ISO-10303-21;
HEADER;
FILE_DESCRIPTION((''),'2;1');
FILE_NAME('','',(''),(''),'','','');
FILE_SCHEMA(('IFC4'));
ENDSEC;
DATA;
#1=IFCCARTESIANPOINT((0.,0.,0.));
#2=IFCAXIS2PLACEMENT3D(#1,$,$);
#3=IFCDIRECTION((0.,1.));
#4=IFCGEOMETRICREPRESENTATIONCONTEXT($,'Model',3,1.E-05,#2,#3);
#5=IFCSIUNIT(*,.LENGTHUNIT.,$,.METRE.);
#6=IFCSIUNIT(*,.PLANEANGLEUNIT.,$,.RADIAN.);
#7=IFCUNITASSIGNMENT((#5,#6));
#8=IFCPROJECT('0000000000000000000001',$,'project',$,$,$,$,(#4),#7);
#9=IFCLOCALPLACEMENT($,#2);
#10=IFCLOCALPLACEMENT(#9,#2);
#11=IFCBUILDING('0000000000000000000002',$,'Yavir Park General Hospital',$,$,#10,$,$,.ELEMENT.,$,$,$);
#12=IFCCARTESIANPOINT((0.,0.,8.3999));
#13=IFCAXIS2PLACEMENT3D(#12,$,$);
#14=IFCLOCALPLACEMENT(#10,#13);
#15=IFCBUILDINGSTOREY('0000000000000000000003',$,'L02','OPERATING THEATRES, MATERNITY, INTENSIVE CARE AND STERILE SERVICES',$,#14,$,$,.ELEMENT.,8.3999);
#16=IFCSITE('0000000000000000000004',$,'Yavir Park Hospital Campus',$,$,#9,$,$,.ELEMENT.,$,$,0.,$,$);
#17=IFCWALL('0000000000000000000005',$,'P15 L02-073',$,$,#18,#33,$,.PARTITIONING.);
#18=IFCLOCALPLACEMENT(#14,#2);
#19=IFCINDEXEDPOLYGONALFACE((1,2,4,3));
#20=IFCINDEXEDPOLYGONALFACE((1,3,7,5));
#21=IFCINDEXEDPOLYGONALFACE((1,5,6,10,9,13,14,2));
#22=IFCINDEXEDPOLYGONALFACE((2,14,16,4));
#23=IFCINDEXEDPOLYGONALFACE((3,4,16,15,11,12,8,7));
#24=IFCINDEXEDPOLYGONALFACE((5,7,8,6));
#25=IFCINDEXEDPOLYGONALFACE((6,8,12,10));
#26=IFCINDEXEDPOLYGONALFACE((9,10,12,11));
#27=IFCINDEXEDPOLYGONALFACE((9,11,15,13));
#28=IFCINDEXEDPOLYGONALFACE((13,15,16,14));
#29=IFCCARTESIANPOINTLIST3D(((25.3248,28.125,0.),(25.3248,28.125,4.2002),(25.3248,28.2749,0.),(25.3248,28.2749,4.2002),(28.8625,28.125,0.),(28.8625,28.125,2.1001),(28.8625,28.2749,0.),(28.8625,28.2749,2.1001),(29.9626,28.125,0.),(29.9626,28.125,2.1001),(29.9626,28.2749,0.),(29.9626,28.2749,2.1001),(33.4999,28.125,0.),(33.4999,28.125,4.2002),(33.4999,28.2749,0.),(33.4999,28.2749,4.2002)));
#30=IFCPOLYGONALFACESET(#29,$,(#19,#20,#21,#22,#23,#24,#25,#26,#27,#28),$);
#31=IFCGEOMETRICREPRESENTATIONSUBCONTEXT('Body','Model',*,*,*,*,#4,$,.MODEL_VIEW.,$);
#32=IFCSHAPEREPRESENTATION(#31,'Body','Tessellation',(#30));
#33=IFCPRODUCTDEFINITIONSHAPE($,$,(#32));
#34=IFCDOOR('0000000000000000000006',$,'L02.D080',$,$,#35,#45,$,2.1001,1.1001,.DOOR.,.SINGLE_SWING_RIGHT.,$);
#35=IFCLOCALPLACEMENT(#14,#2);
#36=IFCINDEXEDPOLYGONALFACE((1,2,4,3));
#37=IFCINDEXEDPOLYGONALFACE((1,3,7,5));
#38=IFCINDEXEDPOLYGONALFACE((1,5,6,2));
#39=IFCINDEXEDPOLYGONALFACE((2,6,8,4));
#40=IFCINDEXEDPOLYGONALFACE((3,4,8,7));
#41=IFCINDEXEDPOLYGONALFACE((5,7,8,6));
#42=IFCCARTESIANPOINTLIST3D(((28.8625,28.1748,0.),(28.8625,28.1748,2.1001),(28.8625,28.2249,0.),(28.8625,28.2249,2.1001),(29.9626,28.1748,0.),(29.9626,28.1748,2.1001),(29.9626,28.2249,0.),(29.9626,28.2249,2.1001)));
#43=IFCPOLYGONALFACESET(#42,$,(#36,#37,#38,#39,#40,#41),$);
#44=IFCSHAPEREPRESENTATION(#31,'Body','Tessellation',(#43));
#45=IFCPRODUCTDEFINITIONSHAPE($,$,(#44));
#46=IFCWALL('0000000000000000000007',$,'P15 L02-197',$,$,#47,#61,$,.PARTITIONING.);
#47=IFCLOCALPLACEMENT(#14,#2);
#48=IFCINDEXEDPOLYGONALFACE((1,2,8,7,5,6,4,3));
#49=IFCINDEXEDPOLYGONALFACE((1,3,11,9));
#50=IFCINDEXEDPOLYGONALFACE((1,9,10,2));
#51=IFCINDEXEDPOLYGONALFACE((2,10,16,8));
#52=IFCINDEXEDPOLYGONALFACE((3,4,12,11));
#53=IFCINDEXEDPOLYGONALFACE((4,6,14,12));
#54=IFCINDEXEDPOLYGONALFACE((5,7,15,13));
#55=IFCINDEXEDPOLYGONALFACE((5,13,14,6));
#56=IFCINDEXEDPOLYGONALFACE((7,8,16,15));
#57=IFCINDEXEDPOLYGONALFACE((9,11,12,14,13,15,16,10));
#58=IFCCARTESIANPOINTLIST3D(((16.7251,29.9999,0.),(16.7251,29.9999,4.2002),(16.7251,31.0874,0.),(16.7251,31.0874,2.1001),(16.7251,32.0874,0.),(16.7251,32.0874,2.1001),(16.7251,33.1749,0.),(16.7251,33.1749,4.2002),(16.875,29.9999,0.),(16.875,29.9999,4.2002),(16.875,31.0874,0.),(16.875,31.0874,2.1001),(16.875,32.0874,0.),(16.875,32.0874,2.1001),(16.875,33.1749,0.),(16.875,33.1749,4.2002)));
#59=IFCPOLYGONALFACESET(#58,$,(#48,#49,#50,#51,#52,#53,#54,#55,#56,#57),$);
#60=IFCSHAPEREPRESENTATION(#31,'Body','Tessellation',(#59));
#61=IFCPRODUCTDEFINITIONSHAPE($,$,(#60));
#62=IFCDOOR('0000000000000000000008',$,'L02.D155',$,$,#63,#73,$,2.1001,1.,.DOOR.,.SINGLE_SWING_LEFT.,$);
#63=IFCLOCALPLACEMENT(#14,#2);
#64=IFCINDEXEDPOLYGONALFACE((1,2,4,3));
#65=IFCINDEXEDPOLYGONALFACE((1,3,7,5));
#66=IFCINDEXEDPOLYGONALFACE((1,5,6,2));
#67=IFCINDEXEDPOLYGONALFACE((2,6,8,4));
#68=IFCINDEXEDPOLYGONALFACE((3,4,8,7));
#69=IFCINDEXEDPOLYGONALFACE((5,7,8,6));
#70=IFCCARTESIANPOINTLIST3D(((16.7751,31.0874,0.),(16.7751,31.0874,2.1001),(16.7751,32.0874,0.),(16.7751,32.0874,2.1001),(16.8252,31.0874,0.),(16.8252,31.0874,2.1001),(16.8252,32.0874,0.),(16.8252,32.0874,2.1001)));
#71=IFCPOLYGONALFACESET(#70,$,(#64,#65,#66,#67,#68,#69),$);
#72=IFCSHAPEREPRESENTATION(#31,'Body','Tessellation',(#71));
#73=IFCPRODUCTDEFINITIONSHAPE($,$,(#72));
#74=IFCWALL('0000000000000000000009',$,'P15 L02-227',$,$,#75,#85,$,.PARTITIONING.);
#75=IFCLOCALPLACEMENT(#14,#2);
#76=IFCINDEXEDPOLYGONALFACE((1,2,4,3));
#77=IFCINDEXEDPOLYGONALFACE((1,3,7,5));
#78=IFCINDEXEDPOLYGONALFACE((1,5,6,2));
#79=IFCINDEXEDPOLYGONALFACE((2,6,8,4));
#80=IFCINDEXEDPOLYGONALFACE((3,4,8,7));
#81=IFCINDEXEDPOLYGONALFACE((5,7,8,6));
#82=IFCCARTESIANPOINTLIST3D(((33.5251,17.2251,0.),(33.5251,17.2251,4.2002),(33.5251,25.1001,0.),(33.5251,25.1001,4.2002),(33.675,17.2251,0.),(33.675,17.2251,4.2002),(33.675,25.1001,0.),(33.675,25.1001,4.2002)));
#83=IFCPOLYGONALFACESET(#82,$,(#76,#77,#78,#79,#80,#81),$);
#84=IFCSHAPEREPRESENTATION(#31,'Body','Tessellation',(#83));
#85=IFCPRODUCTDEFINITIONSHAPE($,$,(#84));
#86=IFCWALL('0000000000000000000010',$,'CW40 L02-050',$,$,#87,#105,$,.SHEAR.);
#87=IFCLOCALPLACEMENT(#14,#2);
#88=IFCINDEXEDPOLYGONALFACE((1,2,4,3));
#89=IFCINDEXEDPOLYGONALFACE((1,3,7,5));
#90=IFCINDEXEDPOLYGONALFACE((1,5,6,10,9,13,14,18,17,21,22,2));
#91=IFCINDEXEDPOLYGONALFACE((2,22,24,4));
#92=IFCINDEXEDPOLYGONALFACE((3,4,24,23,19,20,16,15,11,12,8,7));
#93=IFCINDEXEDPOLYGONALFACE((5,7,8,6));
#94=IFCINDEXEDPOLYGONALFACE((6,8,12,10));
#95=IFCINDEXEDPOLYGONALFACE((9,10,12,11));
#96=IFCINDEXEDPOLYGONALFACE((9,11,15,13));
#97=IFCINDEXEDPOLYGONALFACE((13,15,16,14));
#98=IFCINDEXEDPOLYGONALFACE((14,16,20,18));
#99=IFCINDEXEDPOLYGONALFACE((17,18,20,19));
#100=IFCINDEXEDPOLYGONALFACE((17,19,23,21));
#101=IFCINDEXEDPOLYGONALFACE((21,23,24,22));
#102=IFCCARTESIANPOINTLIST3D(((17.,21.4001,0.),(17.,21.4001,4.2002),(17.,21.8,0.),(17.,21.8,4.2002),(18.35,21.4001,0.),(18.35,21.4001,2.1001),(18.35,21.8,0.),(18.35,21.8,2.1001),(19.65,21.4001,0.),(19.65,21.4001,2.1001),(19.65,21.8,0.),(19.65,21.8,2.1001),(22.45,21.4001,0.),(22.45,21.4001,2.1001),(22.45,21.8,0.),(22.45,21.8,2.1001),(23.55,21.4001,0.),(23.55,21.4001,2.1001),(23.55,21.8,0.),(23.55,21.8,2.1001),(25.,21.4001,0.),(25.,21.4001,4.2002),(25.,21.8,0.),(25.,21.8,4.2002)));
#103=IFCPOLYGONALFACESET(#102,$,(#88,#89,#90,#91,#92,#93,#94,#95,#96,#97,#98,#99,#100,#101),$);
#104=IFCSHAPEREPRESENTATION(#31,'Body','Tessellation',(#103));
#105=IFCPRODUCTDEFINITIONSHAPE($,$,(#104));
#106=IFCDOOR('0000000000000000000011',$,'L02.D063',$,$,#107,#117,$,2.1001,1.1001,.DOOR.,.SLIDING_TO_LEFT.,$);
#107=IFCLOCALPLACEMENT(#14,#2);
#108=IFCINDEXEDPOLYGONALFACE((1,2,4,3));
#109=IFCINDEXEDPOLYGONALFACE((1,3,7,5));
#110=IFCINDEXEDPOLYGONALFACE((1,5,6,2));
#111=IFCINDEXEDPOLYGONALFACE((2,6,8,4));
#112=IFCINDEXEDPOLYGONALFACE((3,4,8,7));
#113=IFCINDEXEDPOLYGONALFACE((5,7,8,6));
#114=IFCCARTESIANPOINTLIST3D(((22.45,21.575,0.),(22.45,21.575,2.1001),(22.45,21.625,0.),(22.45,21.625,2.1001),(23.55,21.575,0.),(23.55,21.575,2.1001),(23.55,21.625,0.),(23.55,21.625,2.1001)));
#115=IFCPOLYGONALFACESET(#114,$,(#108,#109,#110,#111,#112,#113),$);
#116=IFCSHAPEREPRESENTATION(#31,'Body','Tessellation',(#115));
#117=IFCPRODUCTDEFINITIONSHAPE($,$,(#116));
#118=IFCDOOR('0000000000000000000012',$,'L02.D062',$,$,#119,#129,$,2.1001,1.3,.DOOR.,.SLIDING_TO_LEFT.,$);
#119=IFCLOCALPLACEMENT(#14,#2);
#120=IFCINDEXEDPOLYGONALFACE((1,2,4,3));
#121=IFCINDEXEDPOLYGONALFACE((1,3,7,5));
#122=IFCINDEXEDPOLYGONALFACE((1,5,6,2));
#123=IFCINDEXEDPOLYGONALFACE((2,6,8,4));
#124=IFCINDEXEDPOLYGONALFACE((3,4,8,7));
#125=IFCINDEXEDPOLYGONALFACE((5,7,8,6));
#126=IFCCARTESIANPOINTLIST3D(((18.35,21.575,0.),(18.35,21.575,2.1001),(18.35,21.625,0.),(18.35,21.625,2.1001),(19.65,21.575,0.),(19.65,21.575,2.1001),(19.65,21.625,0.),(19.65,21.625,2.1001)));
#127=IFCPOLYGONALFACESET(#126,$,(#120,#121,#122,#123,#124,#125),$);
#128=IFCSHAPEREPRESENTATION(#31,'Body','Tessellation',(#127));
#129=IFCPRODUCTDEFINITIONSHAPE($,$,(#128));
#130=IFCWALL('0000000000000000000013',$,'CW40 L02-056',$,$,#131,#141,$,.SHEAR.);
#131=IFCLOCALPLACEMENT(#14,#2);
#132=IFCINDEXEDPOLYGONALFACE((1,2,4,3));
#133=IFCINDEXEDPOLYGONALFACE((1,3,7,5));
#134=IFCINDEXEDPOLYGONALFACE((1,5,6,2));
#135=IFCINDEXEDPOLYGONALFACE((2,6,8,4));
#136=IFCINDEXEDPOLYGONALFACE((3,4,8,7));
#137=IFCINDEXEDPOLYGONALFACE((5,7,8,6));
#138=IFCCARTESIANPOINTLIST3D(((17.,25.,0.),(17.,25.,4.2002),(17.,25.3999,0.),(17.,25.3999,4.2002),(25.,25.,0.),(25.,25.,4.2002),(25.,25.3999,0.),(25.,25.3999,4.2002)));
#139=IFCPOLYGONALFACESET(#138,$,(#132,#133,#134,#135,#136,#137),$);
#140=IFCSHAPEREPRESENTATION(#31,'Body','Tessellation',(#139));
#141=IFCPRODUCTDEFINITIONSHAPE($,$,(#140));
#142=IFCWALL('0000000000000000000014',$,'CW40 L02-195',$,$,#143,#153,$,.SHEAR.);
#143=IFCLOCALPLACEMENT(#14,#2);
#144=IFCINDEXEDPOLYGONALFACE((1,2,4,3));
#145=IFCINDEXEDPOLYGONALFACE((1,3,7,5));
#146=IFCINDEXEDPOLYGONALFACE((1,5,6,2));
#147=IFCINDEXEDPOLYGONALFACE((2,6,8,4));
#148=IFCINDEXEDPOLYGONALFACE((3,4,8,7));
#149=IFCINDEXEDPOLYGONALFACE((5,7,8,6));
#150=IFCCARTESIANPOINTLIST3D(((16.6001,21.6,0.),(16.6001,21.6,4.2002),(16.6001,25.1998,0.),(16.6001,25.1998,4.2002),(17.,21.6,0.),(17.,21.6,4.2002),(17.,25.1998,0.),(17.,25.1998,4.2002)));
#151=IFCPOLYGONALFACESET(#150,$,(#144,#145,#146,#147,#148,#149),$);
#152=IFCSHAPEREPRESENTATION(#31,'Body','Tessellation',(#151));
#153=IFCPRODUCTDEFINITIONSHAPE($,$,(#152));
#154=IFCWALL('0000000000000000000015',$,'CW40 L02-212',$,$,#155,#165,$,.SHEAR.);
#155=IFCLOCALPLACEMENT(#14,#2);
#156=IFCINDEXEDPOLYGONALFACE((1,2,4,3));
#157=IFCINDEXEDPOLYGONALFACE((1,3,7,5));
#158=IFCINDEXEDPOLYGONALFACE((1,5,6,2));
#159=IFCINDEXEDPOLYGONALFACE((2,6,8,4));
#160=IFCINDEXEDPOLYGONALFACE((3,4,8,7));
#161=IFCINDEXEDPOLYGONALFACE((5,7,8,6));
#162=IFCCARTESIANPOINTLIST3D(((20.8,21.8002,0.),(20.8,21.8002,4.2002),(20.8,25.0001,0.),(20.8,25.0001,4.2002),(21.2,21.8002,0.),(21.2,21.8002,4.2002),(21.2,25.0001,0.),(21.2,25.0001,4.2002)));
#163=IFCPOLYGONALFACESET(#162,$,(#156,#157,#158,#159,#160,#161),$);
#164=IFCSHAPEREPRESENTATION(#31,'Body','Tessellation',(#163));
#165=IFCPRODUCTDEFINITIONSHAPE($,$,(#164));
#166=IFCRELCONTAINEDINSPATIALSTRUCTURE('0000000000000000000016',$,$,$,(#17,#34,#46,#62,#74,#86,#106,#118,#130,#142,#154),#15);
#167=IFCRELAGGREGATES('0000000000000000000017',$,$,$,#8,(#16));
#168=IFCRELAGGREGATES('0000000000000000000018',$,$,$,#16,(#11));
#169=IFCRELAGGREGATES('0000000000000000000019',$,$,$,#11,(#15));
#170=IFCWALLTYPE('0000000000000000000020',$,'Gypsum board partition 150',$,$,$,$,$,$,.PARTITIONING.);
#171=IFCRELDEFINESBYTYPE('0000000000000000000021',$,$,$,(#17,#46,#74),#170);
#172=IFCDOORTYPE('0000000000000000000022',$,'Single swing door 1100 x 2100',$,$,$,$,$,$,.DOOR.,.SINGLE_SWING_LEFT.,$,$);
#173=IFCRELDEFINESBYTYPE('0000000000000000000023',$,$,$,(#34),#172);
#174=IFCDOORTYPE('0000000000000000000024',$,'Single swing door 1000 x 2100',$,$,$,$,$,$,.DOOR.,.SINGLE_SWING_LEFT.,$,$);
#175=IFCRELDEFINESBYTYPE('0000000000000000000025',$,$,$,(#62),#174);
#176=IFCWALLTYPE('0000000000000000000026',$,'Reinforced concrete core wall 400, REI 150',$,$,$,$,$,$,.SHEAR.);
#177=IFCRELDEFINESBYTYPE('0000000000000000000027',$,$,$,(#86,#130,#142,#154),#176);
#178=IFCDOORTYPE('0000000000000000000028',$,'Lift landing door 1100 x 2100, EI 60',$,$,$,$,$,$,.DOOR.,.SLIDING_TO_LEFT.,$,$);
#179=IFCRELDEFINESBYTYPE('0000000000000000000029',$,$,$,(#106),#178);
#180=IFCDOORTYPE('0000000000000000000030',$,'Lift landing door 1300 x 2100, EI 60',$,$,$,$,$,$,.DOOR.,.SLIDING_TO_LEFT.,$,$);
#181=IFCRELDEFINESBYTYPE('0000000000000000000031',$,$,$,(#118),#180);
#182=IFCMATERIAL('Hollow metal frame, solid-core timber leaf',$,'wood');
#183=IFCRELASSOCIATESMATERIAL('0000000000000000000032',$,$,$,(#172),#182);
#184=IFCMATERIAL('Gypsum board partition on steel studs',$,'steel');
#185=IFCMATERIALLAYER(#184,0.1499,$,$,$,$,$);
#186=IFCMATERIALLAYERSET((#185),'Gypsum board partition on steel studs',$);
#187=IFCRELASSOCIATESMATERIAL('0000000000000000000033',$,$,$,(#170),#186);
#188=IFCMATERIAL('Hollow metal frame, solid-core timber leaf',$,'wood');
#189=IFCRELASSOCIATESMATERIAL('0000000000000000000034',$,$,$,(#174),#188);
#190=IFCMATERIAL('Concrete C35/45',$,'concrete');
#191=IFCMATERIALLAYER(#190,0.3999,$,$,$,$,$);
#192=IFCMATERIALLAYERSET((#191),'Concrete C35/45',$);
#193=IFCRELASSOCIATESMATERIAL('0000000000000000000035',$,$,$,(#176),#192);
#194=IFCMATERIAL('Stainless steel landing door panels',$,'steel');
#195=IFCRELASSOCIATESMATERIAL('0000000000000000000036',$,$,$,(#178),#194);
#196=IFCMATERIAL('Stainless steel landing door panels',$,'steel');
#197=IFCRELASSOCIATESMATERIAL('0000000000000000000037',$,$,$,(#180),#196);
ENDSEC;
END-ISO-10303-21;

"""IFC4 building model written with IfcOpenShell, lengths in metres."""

from ifc_helpers import new_model, si_unit, direction, frame, frame_2d, origin, place, context, subcontext, project, spatial, rectangle, extrude, material, layer, layer_set, type_object, element, fill, save


model = new_model("IFC4")

# Units and contexts
model_context = context("Model", 3, precision=1e-05, world=origin(), true_north=direction((0.0, 1.0)))
body_context = subcontext(model_context, "Body", "Model", "MODEL_VIEW")
ifc_project = project(units=[si_unit("LENGTHUNIT", "METRE"), si_unit("PLANEANGLEUNIT", "RADIAN")], contexts=[model_context])

# Site, building, storey
site_placement = place(None, origin())
site = spatial("IfcSite", under=ifc_project, at=site_placement, Name="Yavir Park Hospital Campus", CompositionType="ELEMENT", RefElevation=0.0)
building_placement = place(site_placement, origin())
building = spatial("IfcBuilding", under=site, at=building_placement, Name="Yavir Park General Hospital", CompositionType="ELEMENT")
storey_placement = place(building_placement, frame((0.0, 0.0, 8.3999)))
storey = spatial("IfcBuildingStorey", under=building, at=storey_placement, Name="L02", Description="OPERATING THEATRES, MATERNITY, INTENSIVE CARE AND STERILE SERVICES", CompositionType="ELEMENT", Elevation=8.3999)

# Shared definitions
ifc_material_1 = material(Name="Hollow metal frame, solid-core timber leaf", Category="wood")
door_type_1 = type_object("IfcDoorType", Name="Single swing door 1100 x 2100", OperationType="SINGLE_SWING_LEFT", PredefinedType="DOOR", material=ifc_material_1)

# Shared definitions
ifc_material_2 = material(Name="Gypsum board partition on steel studs", Category="steel")
ifc_layer_1 = layer(ifc_material_2, 0.1499)
ifc_layer_set_1 = layer_set([ifc_layer_1], Name="Gypsum board partition on steel studs")
wall_type_1 = type_object("IfcWallType", Name="Gypsum board partition 150", PredefinedType="PARTITIONING", material=ifc_layer_set_1)

# Walls, openings, doors
wall_1_placement = place(storey_placement, frame((25.325, 28.2, 0.0), z_axis=(0.0, 0.0, 1.0), x_axis=(1.0, 0.0, 0.0)))
wall_1 = element("IfcWall", 1, at=wall_1_placement, inside=storey, type_object=wall_type_1, Name="P15 L02-073", PredefinedType="PARTITIONING", context=body_context, shape_type="SweptSolid", body=[
    extrude(rectangle(XDim=8.175, YDim=0.1499, at=frame_2d((4.0874, 0.0))), origin(), (0.0, 0.0, 1.0), 4.2002),
])
opening_1_placement = place(wall_1_placement, frame((3.5376, 0.0, 0.0)))
opening_1 = element("IfcOpeningElement", 2, at=opening_1_placement, cuts=wall_1, PredefinedType="OPENING", context=body_context, shape_type="SweptSolid", body=[
    extrude(rectangle(XDim=1.1001, YDim=2.1001, at=frame_2d((0.55, 1.05))), frame((0.0, 0.085, 0.0), z_axis=(0.0, -1.0, 0.0), x_axis=(1.0, 0.0, 0.0)), (0.0, 0.0, 1.0), 0.1699),
])
door_1_placement = place(opening_1_placement, origin())
door_1 = element("IfcDoor", 3, at=door_1_placement, inside=storey, type_object=door_type_1, Name="L02.D080", OperationType="SINGLE_SWING_RIGHT", OverallHeight=2.1001, OverallWidth=1.1001, PredefinedType="DOOR", context=body_context, shape_type="SweptSolid", body=[
    extrude(rectangle(XDim=1.1001, YDim=2.1001, at=frame_2d((0.55, 1.05))), frame((0.0, 0.0249, 0.0), z_axis=(0.0, -1.0, 0.0), x_axis=(1.0, 0.0, 0.0)), (0.0, 0.0, 1.0), 0.05),
])
fill(opening_1, door_1)
wall_2_placement = place(storey_placement, frame((16.8, 30.0, 0.0), z_axis=(0.0, 0.0, 1.0), x_axis=(0.0, 1.0, 0.0)))
wall_2 = element("IfcWall", 4, at=wall_2_placement, inside=storey, type_object=wall_type_1, Name="P15 L02-197", PredefinedType="PARTITIONING", context=body_context, shape_type="SweptSolid", body=[
    extrude(rectangle(XDim=3.175, YDim=0.1499, at=frame_2d((1.5874, 0.0))), origin(), (0.0, 0.0, 1.0), 4.2002),
])
opening_2_placement = place(wall_2_placement, frame((1.0874, 0.0, 0.0)))
opening_2 = element("IfcOpeningElement", 5, at=opening_2_placement, cuts=wall_2, PredefinedType="OPENING", context=body_context, shape_type="SweptSolid", body=[
    extrude(rectangle(XDim=1.0, YDim=2.1001, at=frame_2d((0.5, 1.05))), frame((0.0, 0.085, 0.0), z_axis=(0.0, -1.0, 0.0), x_axis=(1.0, 0.0, 0.0)), (0.0, 0.0, 1.0), 0.1699),
])
ifc_material_3 = material(Name="Hollow metal frame, solid-core timber leaf", Category="wood")
door_type_2 = type_object("IfcDoorType", Name="Single swing door 1000 x 2100", OperationType="SINGLE_SWING_LEFT", PredefinedType="DOOR", material=ifc_material_3)
door_2_placement = place(opening_2_placement, origin())
door_2 = element("IfcDoor", 6, at=door_2_placement, inside=storey, type_object=door_type_2, Name="L02.D155", OperationType="SINGLE_SWING_LEFT", OverallHeight=2.1001, OverallWidth=1.0, PredefinedType="DOOR", context=body_context, shape_type="SweptSolid", body=[
    extrude(rectangle(XDim=1.0, YDim=2.1001, at=frame_2d((0.5, 1.05))), frame((0.0, 0.0249, 0.0), z_axis=(0.0, -1.0, 0.0), x_axis=(1.0, 0.0, 0.0)), (0.0, 0.0, 1.0), 0.05),
])
fill(opening_2, door_2)

# Wall
wall_3_placement = place(storey_placement, frame((33.6001, 17.2251, 0.0), z_axis=(0.0, 0.0, 1.0), x_axis=(0.0, 1.0, 0.0)))
element("IfcWall", 7, at=wall_3_placement, inside=storey, type_object=wall_type_1, Name="P15 L02-227", PredefinedType="PARTITIONING", context=body_context, shape_type="SweptSolid", body=[
    extrude(rectangle(XDim=7.875, YDim=0.1499, at=frame_2d((3.9375, 0.0))), origin(), (0.0, 0.0, 1.0), 4.2002),
])

# Wall, openings, doors
ifc_material_4 = material(Name="Concrete C35/45", Category="concrete")
ifc_layer_2 = layer(ifc_material_4, 0.3999)
ifc_layer_set_2 = layer_set([ifc_layer_2], Name="Concrete C35/45")
wall_type_2 = type_object("IfcWallType", Name="Reinforced concrete core wall 400, REI 150", PredefinedType="SHEAR", material=ifc_layer_set_2)
wall_4_placement = place(storey_placement, frame((17.0, 21.6001, 0.0), z_axis=(0.0, 0.0, 1.0), x_axis=(1.0, 0.0, 0.0)))
wall_4 = element("IfcWall", 8, at=wall_4_placement, inside=storey, type_object=wall_type_2, Name="CW40 L02-050", PredefinedType="SHEAR", context=body_context, shape_type="SweptSolid", body=[
    extrude(rectangle(XDim=8.0, YDim=0.3999, at=frame_2d((4.0, 0.0))), origin(), (0.0, 0.0, 1.0), 4.2002),
])
opening_3_placement = place(wall_4_placement, frame((1.3501, 0.0, 0.0)))
opening_3 = element("IfcOpeningElement", 9, at=opening_3_placement, cuts=wall_4, PredefinedType="OPENING", context=body_context, shape_type="SweptSolid", body=[
    extrude(rectangle(XDim=1.3, YDim=2.1001, at=frame_2d((0.6499, 1.05))), frame((0.0, 0.21, 0.0), z_axis=(0.0, -1.0, 0.0), x_axis=(1.0, 0.0, 0.0)), (0.0, 0.0, 1.0), 0.4199),
])
opening_4_placement = place(wall_4_placement, frame((5.45, 0.0, 0.0)))
opening_4 = element("IfcOpeningElement", 10, at=opening_4_placement, cuts=wall_4, PredefinedType="OPENING", context=body_context, shape_type="SweptSolid", body=[
    extrude(rectangle(XDim=1.1001, YDim=2.1001, at=frame_2d((0.55, 1.05))), frame((0.0, 0.21, 0.0), z_axis=(0.0, -1.0, 0.0), x_axis=(1.0, 0.0, 0.0)), (0.0, 0.0, 1.0), 0.4199),
])
ifc_material_5 = material(Name="Stainless steel landing door panels", Category="steel")
door_type_3 = type_object("IfcDoorType", Name="Lift landing door 1100 x 2100, EI 60", OperationType="SLIDING_TO_LEFT", PredefinedType="DOOR", material=ifc_material_5)
door_3_placement = place(opening_4_placement, origin())
door_3 = element("IfcDoor", 11, at=door_3_placement, inside=storey, type_object=door_type_3, Name="L02.D063", OperationType="SLIDING_TO_LEFT", OverallHeight=2.1001, OverallWidth=1.1001, PredefinedType="DOOR", context=body_context, shape_type="SweptSolid", body=[
    extrude(rectangle(XDim=1.1001, YDim=2.1001, at=frame_2d((0.55, 1.05))), frame((0.0, 0.0249, 0.0), z_axis=(0.0, -1.0, 0.0), x_axis=(1.0, 0.0, 0.0)), (0.0, 0.0, 1.0), 0.05),
])
fill(opening_4, door_3)
ifc_material_6 = material(Name="Stainless steel landing door panels", Category="steel")
door_type_4 = type_object("IfcDoorType", Name="Lift landing door 1300 x 2100, EI 60", OperationType="SLIDING_TO_LEFT", PredefinedType="DOOR", material=ifc_material_6)
door_4_placement = place(opening_3_placement, origin())
door_4 = element("IfcDoor", 12, at=door_4_placement, inside=storey, type_object=door_type_4, Name="L02.D062", OperationType="SLIDING_TO_LEFT", OverallHeight=2.1001, OverallWidth=1.3, PredefinedType="DOOR", context=body_context, shape_type="SweptSolid", body=[
    extrude(rectangle(XDim=1.3, YDim=2.1001, at=frame_2d((0.6499, 1.05))), frame((0.0, 0.0249, 0.0), z_axis=(0.0, -1.0, 0.0), x_axis=(1.0, 0.0, 0.0)), (0.0, 0.0, 1.0), 0.05),
])
fill(opening_3, door_4)

# Walls
wall_5_placement = place(storey_placement, frame((17.0, 25.2, 0.0), z_axis=(0.0, 0.0, 1.0), x_axis=(1.0, 0.0, 0.0)))
element("IfcWall", 13, at=wall_5_placement, inside=storey, type_object=wall_type_2, Name="CW40 L02-056", PredefinedType="SHEAR", context=body_context, shape_type="SweptSolid", body=[
    extrude(rectangle(XDim=8.0, YDim=0.3999, at=frame_2d((4.0, 0.0))), origin(), (0.0, 0.0, 1.0), 4.2002),
])
wall_6_placement = place(storey_placement, frame((16.8, 21.6001, 0.0), z_axis=(0.0, 0.0, 1.0), x_axis=(0.0, 1.0, 0.0)))
element("IfcWall", 14, at=wall_6_placement, inside=storey, type_object=wall_type_2, Name="CW40 L02-195", PredefinedType="SHEAR", context=body_context, shape_type="SweptSolid", body=[
    extrude(rectangle(XDim=3.5999, YDim=0.3999, at=frame_2d((1.7998, 0.0))), origin(), (0.0, 0.0, 1.0), 4.2002),
])
wall_7_placement = place(storey_placement, frame((21.0, 21.8, 0.0), z_axis=(0.0, 0.0, 1.0), x_axis=(0.0, 1.0, 0.0)))
element("IfcWall", 15, at=wall_7_placement, inside=storey, type_object=wall_type_2, Name="CW40 L02-212", PredefinedType="SHEAR", context=body_context, shape_type="SweptSolid", body=[
    extrude(rectangle(XDim=3.2, YDim=0.3999, at=frame_2d((1.6001, 0.0))), origin(), (0.0, 0.0, 1.0), 4.2002),
])

save(model, "model.ifc")
